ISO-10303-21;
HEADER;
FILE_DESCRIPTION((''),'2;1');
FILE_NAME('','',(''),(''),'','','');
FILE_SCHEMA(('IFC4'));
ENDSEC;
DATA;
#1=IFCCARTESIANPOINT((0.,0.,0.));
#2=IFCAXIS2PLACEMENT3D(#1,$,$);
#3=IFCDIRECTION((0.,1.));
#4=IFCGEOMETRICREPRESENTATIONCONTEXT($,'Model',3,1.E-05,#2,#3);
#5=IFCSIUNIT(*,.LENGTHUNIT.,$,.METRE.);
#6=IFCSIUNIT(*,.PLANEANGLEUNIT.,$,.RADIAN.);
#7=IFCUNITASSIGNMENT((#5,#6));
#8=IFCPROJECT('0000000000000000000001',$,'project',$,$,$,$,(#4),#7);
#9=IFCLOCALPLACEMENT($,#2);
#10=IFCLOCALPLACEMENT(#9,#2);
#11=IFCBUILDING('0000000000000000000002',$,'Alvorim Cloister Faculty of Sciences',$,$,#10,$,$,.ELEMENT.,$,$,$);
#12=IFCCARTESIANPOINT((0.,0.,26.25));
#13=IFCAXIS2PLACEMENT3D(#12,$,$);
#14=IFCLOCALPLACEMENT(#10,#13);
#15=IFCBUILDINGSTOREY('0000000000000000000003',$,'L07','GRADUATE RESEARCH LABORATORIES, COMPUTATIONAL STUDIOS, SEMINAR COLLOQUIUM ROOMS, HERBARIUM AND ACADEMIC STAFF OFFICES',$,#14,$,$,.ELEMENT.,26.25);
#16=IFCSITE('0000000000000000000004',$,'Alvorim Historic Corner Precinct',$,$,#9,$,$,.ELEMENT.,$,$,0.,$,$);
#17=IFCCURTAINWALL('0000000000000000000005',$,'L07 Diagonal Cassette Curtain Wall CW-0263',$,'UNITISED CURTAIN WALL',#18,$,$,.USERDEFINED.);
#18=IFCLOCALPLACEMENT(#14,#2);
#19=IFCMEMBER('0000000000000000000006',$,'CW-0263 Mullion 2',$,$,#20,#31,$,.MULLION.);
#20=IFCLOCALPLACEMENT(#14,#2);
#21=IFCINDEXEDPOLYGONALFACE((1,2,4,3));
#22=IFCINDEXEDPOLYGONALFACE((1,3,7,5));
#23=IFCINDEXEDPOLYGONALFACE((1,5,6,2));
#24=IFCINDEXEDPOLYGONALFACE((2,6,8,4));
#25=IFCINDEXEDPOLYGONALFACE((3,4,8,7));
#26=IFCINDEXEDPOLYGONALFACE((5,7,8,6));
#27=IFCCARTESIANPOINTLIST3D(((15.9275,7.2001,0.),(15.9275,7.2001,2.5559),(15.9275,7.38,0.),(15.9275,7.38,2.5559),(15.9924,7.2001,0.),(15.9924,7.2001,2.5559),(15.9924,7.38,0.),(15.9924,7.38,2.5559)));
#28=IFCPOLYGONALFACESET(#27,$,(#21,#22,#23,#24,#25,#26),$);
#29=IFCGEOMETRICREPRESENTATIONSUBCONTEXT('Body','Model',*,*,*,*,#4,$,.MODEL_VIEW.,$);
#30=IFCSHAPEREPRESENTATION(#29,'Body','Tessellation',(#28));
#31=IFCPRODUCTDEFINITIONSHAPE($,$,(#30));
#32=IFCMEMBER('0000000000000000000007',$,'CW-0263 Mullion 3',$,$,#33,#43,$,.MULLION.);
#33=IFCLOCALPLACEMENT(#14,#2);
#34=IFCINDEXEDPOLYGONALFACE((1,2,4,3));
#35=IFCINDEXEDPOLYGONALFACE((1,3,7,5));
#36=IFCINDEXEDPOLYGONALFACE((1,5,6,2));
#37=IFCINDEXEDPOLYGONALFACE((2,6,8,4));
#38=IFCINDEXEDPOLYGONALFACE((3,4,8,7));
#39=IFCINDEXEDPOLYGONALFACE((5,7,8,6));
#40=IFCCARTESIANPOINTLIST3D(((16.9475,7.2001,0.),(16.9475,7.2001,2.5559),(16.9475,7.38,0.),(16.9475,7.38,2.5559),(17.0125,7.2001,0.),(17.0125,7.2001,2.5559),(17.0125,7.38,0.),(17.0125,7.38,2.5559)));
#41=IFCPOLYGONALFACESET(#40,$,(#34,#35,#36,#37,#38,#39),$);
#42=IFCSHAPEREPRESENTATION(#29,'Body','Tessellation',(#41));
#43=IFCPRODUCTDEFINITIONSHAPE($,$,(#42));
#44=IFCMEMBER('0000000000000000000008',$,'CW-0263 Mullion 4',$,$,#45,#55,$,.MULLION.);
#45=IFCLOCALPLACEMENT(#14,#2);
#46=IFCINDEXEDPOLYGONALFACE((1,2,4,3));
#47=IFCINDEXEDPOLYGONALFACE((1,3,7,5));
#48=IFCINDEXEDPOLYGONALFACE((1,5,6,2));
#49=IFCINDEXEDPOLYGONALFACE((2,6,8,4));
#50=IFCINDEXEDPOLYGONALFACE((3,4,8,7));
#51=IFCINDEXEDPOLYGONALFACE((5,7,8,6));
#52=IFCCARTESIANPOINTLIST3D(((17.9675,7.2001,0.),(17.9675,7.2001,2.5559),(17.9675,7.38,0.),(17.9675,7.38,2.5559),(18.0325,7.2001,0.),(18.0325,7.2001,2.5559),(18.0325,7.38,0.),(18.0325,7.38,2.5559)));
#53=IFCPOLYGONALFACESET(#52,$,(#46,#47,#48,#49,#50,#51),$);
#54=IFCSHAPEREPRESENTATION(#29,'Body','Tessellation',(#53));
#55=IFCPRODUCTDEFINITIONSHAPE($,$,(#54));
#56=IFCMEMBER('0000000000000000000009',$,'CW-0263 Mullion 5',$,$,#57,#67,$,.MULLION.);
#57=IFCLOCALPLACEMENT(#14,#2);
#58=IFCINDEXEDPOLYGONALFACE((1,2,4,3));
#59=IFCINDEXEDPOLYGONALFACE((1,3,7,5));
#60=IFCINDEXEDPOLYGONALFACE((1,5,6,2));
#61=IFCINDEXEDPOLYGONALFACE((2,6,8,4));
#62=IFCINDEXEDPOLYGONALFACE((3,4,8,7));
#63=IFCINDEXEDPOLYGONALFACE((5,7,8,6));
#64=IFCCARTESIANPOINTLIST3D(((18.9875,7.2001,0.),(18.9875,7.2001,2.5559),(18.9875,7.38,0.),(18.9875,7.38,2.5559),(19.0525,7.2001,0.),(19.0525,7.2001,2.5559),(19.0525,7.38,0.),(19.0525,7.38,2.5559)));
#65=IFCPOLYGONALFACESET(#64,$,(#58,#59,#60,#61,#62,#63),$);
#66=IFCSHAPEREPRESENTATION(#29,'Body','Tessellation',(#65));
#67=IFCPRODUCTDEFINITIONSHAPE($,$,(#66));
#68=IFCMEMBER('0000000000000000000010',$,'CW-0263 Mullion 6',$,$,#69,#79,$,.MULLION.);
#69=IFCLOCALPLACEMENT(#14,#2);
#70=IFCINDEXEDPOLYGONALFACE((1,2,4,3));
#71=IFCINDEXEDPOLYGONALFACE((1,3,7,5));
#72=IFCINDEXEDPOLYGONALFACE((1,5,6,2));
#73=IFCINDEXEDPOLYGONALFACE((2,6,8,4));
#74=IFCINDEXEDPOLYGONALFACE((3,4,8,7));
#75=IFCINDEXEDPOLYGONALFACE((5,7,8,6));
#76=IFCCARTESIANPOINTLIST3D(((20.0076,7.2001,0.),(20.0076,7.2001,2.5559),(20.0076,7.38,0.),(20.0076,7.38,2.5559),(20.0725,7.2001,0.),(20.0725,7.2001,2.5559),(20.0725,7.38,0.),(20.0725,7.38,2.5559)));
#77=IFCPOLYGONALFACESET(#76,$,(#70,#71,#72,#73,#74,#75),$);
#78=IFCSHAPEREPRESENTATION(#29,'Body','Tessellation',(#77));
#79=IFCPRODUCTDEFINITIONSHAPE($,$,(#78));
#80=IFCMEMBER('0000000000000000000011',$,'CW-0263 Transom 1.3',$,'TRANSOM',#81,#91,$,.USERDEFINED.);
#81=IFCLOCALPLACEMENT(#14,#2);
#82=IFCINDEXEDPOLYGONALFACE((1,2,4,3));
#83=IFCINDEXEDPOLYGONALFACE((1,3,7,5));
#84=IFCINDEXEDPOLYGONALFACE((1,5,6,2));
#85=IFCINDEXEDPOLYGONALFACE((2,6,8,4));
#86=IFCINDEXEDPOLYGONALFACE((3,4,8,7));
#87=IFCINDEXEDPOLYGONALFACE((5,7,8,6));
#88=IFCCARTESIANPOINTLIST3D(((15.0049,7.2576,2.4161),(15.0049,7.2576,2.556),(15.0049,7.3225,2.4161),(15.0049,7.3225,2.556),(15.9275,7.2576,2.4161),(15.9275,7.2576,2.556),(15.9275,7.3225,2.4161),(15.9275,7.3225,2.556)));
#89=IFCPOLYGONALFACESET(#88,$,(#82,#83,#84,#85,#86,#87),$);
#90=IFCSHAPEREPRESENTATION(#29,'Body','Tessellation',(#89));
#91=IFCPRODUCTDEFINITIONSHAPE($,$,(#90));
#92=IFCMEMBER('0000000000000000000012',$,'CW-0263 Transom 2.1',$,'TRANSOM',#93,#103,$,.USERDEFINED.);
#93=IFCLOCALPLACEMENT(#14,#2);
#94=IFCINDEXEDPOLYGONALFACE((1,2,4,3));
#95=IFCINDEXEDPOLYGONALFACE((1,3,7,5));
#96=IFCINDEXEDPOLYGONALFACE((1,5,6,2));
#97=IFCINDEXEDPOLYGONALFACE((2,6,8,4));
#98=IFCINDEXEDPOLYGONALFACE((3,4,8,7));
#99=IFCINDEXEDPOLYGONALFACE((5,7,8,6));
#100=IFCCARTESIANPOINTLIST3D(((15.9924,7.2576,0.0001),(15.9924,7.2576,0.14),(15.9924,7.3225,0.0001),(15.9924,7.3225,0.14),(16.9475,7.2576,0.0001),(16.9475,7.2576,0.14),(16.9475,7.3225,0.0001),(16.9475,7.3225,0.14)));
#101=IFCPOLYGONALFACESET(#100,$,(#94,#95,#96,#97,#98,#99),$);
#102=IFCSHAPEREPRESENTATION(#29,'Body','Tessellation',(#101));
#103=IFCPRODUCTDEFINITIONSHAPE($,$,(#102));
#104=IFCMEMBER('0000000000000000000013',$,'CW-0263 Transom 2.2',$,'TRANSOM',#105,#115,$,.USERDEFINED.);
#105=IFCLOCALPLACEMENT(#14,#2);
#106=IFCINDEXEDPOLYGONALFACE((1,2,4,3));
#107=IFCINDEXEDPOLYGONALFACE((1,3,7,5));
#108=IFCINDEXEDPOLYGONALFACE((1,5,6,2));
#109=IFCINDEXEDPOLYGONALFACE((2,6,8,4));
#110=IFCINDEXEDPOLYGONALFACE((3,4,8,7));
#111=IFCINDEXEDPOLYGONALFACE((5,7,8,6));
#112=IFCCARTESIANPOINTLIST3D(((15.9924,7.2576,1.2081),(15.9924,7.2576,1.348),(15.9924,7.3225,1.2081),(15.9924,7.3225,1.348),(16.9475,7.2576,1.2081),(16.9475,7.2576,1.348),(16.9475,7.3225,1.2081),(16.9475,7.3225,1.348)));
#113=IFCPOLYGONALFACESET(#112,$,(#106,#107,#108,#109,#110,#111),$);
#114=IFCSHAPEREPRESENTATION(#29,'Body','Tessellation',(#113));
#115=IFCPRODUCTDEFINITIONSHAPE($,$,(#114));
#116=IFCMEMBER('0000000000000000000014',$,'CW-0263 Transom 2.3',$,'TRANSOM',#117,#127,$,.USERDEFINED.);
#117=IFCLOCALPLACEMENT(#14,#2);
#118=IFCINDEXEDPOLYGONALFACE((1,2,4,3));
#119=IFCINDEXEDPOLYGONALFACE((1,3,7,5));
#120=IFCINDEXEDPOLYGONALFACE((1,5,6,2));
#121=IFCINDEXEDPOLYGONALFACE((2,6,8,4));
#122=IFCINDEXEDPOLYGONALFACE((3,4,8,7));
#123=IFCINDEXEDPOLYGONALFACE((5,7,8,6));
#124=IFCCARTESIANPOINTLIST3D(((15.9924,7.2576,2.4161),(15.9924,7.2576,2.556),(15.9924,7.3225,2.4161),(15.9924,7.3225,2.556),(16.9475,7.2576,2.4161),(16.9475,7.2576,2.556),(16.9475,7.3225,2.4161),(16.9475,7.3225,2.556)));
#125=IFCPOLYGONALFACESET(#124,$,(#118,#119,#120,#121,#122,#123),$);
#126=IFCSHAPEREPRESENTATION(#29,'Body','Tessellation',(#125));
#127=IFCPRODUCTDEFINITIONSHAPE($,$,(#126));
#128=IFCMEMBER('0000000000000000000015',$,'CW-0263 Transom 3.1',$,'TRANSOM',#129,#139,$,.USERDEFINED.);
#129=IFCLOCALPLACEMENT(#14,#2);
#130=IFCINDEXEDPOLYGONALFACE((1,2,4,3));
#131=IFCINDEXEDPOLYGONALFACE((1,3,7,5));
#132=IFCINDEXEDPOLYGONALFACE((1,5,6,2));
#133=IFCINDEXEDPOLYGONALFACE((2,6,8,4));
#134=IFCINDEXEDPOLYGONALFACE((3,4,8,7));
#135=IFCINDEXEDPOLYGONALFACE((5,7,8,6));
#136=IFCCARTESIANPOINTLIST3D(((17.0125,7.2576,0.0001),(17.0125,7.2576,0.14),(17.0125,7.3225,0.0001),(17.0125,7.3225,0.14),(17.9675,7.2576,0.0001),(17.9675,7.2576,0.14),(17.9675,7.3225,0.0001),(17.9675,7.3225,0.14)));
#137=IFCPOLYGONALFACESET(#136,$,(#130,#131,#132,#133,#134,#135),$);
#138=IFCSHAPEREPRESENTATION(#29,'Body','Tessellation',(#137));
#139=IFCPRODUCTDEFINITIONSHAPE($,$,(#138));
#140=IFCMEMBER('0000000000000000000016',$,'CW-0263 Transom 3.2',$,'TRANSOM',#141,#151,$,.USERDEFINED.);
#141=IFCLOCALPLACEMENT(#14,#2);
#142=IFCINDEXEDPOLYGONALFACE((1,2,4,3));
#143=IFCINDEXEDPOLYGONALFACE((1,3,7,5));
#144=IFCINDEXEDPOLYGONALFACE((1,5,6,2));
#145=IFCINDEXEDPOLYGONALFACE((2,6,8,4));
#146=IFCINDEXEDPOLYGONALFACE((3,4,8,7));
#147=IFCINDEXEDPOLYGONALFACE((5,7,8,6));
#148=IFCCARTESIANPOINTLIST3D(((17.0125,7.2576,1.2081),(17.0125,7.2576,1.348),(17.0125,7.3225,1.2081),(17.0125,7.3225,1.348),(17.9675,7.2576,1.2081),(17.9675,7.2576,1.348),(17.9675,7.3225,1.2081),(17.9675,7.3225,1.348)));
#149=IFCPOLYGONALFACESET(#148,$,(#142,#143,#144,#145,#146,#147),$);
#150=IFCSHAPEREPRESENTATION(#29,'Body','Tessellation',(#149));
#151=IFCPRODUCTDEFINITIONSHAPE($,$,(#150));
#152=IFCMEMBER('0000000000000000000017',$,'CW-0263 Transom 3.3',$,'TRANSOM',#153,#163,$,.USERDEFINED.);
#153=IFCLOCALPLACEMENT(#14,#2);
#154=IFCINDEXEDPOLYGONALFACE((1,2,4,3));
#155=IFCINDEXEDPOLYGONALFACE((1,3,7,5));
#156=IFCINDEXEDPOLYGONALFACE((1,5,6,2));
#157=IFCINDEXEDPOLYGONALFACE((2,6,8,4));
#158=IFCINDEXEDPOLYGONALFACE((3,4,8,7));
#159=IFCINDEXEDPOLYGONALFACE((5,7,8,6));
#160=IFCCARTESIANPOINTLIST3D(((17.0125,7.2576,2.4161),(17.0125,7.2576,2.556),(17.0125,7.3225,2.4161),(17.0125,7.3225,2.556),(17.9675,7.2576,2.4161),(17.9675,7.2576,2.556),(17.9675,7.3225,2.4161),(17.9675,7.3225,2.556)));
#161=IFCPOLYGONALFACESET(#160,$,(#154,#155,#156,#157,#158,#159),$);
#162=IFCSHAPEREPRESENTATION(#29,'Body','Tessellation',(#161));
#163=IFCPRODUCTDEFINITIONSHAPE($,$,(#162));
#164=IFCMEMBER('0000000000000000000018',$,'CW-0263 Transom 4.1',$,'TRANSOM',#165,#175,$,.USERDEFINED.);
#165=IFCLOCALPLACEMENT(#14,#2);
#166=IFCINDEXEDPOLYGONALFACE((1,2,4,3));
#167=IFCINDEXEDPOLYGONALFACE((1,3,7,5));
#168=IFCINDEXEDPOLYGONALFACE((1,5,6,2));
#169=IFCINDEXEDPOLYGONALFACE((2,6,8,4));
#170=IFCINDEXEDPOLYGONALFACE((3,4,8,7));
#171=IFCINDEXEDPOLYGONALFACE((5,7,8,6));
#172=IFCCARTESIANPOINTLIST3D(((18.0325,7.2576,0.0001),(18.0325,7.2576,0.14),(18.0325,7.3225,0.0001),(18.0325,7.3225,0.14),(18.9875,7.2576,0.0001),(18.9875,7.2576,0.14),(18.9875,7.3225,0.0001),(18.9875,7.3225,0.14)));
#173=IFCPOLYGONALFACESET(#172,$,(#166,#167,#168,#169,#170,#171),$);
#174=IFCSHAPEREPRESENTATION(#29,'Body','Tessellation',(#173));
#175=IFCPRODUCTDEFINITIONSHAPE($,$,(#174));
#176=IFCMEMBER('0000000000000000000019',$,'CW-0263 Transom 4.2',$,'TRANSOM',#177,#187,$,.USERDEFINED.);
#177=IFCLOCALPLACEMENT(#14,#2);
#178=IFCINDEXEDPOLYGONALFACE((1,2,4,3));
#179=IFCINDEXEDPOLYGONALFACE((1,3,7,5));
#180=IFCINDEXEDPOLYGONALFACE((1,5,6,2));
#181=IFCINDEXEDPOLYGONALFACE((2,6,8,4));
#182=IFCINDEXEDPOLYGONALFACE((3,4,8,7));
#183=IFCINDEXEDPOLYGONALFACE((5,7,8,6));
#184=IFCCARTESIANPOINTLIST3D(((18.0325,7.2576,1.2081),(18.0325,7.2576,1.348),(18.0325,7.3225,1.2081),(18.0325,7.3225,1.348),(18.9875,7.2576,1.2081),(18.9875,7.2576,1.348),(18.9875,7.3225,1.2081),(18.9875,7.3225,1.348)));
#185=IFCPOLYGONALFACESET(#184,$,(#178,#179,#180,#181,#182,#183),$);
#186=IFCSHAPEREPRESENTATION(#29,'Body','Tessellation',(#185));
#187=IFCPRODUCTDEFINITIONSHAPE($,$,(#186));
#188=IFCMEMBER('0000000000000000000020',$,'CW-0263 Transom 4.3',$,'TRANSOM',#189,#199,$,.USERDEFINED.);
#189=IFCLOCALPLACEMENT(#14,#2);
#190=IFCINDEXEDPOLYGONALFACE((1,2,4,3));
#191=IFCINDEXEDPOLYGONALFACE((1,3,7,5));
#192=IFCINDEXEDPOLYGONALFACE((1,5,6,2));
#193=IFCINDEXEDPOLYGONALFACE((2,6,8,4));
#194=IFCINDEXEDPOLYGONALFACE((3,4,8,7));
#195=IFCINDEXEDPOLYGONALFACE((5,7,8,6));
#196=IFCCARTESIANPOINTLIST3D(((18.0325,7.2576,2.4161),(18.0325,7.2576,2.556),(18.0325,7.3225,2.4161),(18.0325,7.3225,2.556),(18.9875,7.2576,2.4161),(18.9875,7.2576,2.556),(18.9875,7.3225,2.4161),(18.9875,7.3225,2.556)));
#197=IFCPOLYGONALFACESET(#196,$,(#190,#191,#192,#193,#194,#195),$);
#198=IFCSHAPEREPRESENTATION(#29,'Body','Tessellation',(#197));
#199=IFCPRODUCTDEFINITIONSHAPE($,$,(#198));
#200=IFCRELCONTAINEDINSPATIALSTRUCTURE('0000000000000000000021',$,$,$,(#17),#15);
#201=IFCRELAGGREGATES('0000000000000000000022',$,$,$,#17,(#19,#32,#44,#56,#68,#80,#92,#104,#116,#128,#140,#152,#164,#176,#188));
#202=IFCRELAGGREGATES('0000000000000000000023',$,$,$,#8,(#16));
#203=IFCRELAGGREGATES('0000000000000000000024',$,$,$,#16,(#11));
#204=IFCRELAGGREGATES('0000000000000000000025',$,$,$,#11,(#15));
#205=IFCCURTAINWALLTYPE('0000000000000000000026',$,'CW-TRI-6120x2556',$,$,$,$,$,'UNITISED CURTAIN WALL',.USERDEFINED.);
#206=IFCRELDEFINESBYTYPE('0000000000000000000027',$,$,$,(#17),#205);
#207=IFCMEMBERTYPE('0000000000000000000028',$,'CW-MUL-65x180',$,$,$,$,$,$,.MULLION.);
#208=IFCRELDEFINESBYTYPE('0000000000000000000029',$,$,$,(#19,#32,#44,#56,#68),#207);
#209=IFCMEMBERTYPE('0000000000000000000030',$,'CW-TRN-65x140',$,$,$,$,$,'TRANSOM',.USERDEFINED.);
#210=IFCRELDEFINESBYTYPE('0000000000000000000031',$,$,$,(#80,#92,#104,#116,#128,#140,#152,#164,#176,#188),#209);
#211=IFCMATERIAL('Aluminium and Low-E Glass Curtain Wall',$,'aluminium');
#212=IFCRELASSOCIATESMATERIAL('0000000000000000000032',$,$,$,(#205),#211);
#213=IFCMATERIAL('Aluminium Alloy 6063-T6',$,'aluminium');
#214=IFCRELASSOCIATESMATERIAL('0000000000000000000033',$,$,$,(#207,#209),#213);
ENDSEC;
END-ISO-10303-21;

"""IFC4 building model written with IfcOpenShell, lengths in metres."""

from ifc_helpers import new_model, si_unit, direction, frame, origin, origin_2d, place, context, subcontext, project, spatial, rectangle, extrude, material, material_profile, profile_set, type_object, element, aggregate, save


model = new_model("IFC4")

# Units and contexts
model_context = context("Model", 3, precision=1e-05, world=origin(), true_north=direction((0.0, 1.0)))
body_context = subcontext(model_context, "Body", "Model", "MODEL_VIEW")
ifc_project = project(units=[si_unit("LENGTHUNIT", "METRE"), si_unit("PLANEANGLEUNIT", "RADIAN")], contexts=[model_context])

# Site, building, storey
site_placement = place(None, origin())
site = spatial("IfcSite", under=ifc_project, at=site_placement, Name="Alvorim Historic Corner Precinct", CompositionType="ELEMENT", RefElevation=0.0)
building_placement = place(site_placement, origin())
building = spatial("IfcBuilding", under=site, at=building_placement, Name="Alvorim Cloister Faculty of Sciences", CompositionType="ELEMENT")
storey_placement = place(building_placement, frame((0.0, 0.0, 26.25)))
storey = spatial("IfcBuildingStorey", under=building, at=storey_placement, Name="L07", Description="GRADUATE RESEARCH LABORATORIES, COMPUTATIONAL STUDIOS, SEMINAR COLLOQUIUM ROOMS, HERBARIUM AND ACADEMIC STAFF OFFICES", CompositionType="ELEMENT", Elevation=26.25)

# Curtain wall, members
ifc_material_1 = material(Name="Aluminium and Low-E Glass Curtain Wall", Category="aluminium")
curtain_wall_type = type_object("IfcCurtainWallType", Name="CW-TRI-6120x2556", ElementType="UNITISED CURTAIN WALL", PredefinedType="USERDEFINED", material=ifc_material_1)
curtain_wall_placement = place(storey_placement, origin())
curtain_wall = element("IfcCurtainWall", 1, at=curtain_wall_placement, inside=storey, type_object=curtain_wall_type, Name="L07 Diagonal Cassette Curtain Wall CW-0263", ObjectType="UNITISED CURTAIN WALL", PredefinedType="USERDEFINED")
ifc_material_2 = material(Name="Aluminium Alloy 6063-T6", Category="aluminium")
ifc_material_profile_1 = material_profile(ifc_material_2, rectangle(XDim=0.0649, YDim=0.1799, at=origin_2d()), Name="ALU-MUL-65x180")
ifc_profile_set_1 = profile_set([ifc_material_profile_1], Name="Aluminium Alloy 6063-T6")
member_type_1 = type_object("IfcMemberType", Name="CW-MUL-65x180", PredefinedType="MULLION", material=ifc_profile_set_1)
member_1_placement = place(storey_placement, frame((15.96, 7.29, 0.0), z_axis=(0.0, 0.0, 1.0), x_axis=(1.0, 0.0, 0.0)))
member_1 = element("IfcMember", 2, at=member_1_placement, type_object=member_type_1, Name="CW-0263 Mullion 2", PredefinedType="MULLION", context=body_context, shape_type="SweptSolid", body=[
    extrude(rectangle(XDim=0.0649, YDim=0.1799, at=origin_2d()), origin(), (0.0, 0.0, 1.0), 2.5559),
])
member_2_placement = place(storey_placement, frame((16.98, 7.29, 0.0), z_axis=(0.0, 0.0, 1.0), x_axis=(1.0, 0.0, 0.0)))
member_2 = element("IfcMember", 3, at=member_2_placement, type_object=member_type_1, Name="CW-0263 Mullion 3", PredefinedType="MULLION", context=body_context, shape_type="SweptSolid", body=[
    extrude(rectangle(XDim=0.0649, YDim=0.1799, at=origin_2d()), origin(), (0.0, 0.0, 1.0), 2.5559),
])
member_3_placement = place(storey_placement, frame((18.0, 7.29, 0.0), z_axis=(0.0, 0.0, 1.0), x_axis=(1.0, 0.0, 0.0)))
member_3 = element("IfcMember", 4, at=member_3_placement, type_object=member_type_1, Name="CW-0263 Mullion 4", PredefinedType="MULLION", context=body_context, shape_type="SweptSolid", body=[
    extrude(rectangle(XDim=0.0649, YDim=0.1799, at=origin_2d()), origin(), (0.0, 0.0, 1.0), 2.5559),
])
member_4_placement = place(storey_placement, frame((19.02, 7.29, 0.0), z_axis=(0.0, 0.0, 1.0), x_axis=(1.0, 0.0, 0.0)))
member_4 = element("IfcMember", 5, at=member_4_placement, type_object=member_type_1, Name="CW-0263 Mullion 5", PredefinedType="MULLION", context=body_context, shape_type="SweptSolid", body=[
    extrude(rectangle(XDim=0.0649, YDim=0.1799, at=origin_2d()), origin(), (0.0, 0.0, 1.0), 2.5559),
])
member_5_placement = place(storey_placement, frame((20.04, 7.29, 0.0), z_axis=(0.0, 0.0, 1.0), x_axis=(1.0, 0.0, 0.0)))
member_5 = element("IfcMember", 6, at=member_5_placement, type_object=member_type_1, Name="CW-0263 Mullion 6", PredefinedType="MULLION", context=body_context, shape_type="SweptSolid", body=[
    extrude(rectangle(XDim=0.0649, YDim=0.1799, at=origin_2d()), origin(), (0.0, 0.0, 1.0), 2.5559),
])
ifc_material_profile_2 = material_profile(ifc_material_2, rectangle(XDim=0.0649, YDim=0.1399, at=origin_2d()), Name="ALU-TRN-65x140")
ifc_profile_set_2 = profile_set([ifc_material_profile_2], Name="Aluminium Alloy 6063-T6")
member_type_2 = type_object("IfcMemberType", Name="CW-TRN-65x140", ElementType="TRANSOM", PredefinedType="USERDEFINED", material=ifc_profile_set_2)
member_6_placement = place(storey_placement, frame((15.0049, 7.29, 2.4861), z_axis=(1.0, 0.0, 0.0), x_axis=(0.0, 1.0, 0.0)))
member_6 = element("IfcMember", 7, at=member_6_placement, type_object=member_type_2, Name="CW-0263 Transom 1.3", ObjectType="TRANSOM", PredefinedType="USERDEFINED", context=body_context, shape_type="SweptSolid", body=[
    extrude(rectangle(XDim=0.0649, YDim=0.1399, at=origin_2d()), origin(), (0.0, 0.0, 1.0), 0.9226),
])
member_7_placement = place(storey_placement, frame((15.9924, 7.29, 0.0701), z_axis=(1.0, 0.0, 0.0), x_axis=(0.0, 1.0, 0.0)))
member_7 = element("IfcMember", 8, at=member_7_placement, type_object=member_type_2, Name="CW-0263 Transom 2.1", ObjectType="TRANSOM", PredefinedType="USERDEFINED", context=body_context, shape_type="SweptSolid", body=[
    extrude(rectangle(XDim=0.0649, YDim=0.1399, at=origin_2d()), origin(), (0.0, 0.0, 1.0), 0.9551),
])
member_8_placement = place(storey_placement, frame((15.9924, 7.29, 1.2781), z_axis=(1.0, 0.0, 0.0), x_axis=(0.0, 1.0, 0.0)))
member_8 = element("IfcMember", 9, at=member_8_placement, type_object=member_type_2, Name="CW-0263 Transom 2.2", ObjectType="TRANSOM", PredefinedType="USERDEFINED", context=body_context, shape_type="SweptSolid", body=[
    extrude(rectangle(XDim=0.0649, YDim=0.1399, at=origin_2d()), origin(), (0.0, 0.0, 1.0), 0.9551),
])
member_9_placement = place(storey_placement, frame((15.9924, 7.29, 2.4861), z_axis=(1.0, 0.0, 0.0), x_axis=(0.0, 1.0, 0.0)))
member_9 = element("IfcMember", 10, at=member_9_placement, type_object=member_type_2, Name="CW-0263 Transom 2.3", ObjectType="TRANSOM", PredefinedType="USERDEFINED", context=body_context, shape_type="SweptSolid", body=[
    extrude(rectangle(XDim=0.0649, YDim=0.1399, at=origin_2d()), origin(), (0.0, 0.0, 1.0), 0.9551),
])
member_10_placement = place(storey_placement, frame((17.0125, 7.29, 0.0701), z_axis=(1.0, 0.0, 0.0), x_axis=(0.0, 1.0, 0.0)))
member_10 = element("IfcMember", 11, at=member_10_placement, type_object=member_type_2, Name="CW-0263 Transom 3.1", ObjectType="TRANSOM", PredefinedType="USERDEFINED", context=body_context, shape_type="SweptSolid", body=[
    extrude(rectangle(XDim=0.0649, YDim=0.1399, at=origin_2d()), origin(), (0.0, 0.0, 1.0), 0.9551),
])
member_11_placement = place(storey_placement, frame((17.0125, 7.29, 1.2781), z_axis=(1.0, 0.0, 0.0), x_axis=(0.0, 1.0, 0.0)))
member_11 = element("IfcMember", 12, at=member_11_placement, type_object=member_type_2, Name="CW-0263 Transom 3.2", ObjectType="TRANSOM", PredefinedType="USERDEFINED", context=body_context, shape_type="SweptSolid", body=[
    extrude(rectangle(XDim=0.0649, YDim=0.1399, at=origin_2d()), origin(), (0.0, 0.0, 1.0), 0.9551),
])
member_12_placement = place(storey_placement, frame((17.0125, 7.29, 2.4861), z_axis=(1.0, 0.0, 0.0), x_axis=(0.0, 1.0, 0.0)))
member_12 = element("IfcMember", 13, at=member_12_placement, type_object=member_type_2, Name="CW-0263 Transom 3.3", ObjectType="TRANSOM", PredefinedType="USERDEFINED", context=body_context, shape_type="SweptSolid", body=[
    extrude(rectangle(XDim=0.0649, YDim=0.1399, at=origin_2d()), origin(), (0.0, 0.0, 1.0), 0.9551),
])
member_13_placement = place(storey_placement, frame((18.0325, 7.29, 0.0701), z_axis=(1.0, 0.0, 0.0), x_axis=(0.0, 1.0, 0.0)))
member_13 = element("IfcMember", 14, at=member_13_placement, type_object=member_type_2, Name="CW-0263 Transom 4.1", ObjectType="TRANSOM", PredefinedType="USERDEFINED", context=body_context, shape_type="SweptSolid", body=[
    extrude(rectangle(XDim=0.0649, YDim=0.1399, at=origin_2d()), origin(), (0.0, 0.0, 1.0), 0.9551),
])
member_14_placement = place(storey_placement, frame((18.0325, 7.29, 1.2781), z_axis=(1.0, 0.0, 0.0), x_axis=(0.0, 1.0, 0.0)))
member_14 = element("IfcMember", 15, at=member_14_placement, type_object=member_type_2, Name="CW-0263 Transom 4.2", ObjectType="TRANSOM", PredefinedType="USERDEFINED", context=body_context, shape_type="SweptSolid", body=[
    extrude(rectangle(XDim=0.0649, YDim=0.1399, at=origin_2d()), origin(), (0.0, 0.0, 1.0), 0.9551),
])
member_15_placement = place(storey_placement, frame((18.0325, 7.29, 2.4861), z_axis=(1.0, 0.0, 0.0), x_axis=(0.0, 1.0, 0.0)))
member_15 = element("IfcMember", 16, at=member_15_placement, type_object=member_type_2, Name="CW-0263 Transom 4.3", ObjectType="TRANSOM", PredefinedType="USERDEFINED", context=body_context, shape_type="SweptSolid", body=[
    extrude(rectangle(XDim=0.0649, YDim=0.1399, at=origin_2d()), origin(), (0.0, 0.0, 1.0), 0.9551),
])
aggregate(curtain_wall, [member_1, member_2, member_3, member_4, member_5, member_6, member_7, member_8, member_9, member_10, member_11, member_12, member_13, member_14, member_15])

save(model, "model.ifc")
